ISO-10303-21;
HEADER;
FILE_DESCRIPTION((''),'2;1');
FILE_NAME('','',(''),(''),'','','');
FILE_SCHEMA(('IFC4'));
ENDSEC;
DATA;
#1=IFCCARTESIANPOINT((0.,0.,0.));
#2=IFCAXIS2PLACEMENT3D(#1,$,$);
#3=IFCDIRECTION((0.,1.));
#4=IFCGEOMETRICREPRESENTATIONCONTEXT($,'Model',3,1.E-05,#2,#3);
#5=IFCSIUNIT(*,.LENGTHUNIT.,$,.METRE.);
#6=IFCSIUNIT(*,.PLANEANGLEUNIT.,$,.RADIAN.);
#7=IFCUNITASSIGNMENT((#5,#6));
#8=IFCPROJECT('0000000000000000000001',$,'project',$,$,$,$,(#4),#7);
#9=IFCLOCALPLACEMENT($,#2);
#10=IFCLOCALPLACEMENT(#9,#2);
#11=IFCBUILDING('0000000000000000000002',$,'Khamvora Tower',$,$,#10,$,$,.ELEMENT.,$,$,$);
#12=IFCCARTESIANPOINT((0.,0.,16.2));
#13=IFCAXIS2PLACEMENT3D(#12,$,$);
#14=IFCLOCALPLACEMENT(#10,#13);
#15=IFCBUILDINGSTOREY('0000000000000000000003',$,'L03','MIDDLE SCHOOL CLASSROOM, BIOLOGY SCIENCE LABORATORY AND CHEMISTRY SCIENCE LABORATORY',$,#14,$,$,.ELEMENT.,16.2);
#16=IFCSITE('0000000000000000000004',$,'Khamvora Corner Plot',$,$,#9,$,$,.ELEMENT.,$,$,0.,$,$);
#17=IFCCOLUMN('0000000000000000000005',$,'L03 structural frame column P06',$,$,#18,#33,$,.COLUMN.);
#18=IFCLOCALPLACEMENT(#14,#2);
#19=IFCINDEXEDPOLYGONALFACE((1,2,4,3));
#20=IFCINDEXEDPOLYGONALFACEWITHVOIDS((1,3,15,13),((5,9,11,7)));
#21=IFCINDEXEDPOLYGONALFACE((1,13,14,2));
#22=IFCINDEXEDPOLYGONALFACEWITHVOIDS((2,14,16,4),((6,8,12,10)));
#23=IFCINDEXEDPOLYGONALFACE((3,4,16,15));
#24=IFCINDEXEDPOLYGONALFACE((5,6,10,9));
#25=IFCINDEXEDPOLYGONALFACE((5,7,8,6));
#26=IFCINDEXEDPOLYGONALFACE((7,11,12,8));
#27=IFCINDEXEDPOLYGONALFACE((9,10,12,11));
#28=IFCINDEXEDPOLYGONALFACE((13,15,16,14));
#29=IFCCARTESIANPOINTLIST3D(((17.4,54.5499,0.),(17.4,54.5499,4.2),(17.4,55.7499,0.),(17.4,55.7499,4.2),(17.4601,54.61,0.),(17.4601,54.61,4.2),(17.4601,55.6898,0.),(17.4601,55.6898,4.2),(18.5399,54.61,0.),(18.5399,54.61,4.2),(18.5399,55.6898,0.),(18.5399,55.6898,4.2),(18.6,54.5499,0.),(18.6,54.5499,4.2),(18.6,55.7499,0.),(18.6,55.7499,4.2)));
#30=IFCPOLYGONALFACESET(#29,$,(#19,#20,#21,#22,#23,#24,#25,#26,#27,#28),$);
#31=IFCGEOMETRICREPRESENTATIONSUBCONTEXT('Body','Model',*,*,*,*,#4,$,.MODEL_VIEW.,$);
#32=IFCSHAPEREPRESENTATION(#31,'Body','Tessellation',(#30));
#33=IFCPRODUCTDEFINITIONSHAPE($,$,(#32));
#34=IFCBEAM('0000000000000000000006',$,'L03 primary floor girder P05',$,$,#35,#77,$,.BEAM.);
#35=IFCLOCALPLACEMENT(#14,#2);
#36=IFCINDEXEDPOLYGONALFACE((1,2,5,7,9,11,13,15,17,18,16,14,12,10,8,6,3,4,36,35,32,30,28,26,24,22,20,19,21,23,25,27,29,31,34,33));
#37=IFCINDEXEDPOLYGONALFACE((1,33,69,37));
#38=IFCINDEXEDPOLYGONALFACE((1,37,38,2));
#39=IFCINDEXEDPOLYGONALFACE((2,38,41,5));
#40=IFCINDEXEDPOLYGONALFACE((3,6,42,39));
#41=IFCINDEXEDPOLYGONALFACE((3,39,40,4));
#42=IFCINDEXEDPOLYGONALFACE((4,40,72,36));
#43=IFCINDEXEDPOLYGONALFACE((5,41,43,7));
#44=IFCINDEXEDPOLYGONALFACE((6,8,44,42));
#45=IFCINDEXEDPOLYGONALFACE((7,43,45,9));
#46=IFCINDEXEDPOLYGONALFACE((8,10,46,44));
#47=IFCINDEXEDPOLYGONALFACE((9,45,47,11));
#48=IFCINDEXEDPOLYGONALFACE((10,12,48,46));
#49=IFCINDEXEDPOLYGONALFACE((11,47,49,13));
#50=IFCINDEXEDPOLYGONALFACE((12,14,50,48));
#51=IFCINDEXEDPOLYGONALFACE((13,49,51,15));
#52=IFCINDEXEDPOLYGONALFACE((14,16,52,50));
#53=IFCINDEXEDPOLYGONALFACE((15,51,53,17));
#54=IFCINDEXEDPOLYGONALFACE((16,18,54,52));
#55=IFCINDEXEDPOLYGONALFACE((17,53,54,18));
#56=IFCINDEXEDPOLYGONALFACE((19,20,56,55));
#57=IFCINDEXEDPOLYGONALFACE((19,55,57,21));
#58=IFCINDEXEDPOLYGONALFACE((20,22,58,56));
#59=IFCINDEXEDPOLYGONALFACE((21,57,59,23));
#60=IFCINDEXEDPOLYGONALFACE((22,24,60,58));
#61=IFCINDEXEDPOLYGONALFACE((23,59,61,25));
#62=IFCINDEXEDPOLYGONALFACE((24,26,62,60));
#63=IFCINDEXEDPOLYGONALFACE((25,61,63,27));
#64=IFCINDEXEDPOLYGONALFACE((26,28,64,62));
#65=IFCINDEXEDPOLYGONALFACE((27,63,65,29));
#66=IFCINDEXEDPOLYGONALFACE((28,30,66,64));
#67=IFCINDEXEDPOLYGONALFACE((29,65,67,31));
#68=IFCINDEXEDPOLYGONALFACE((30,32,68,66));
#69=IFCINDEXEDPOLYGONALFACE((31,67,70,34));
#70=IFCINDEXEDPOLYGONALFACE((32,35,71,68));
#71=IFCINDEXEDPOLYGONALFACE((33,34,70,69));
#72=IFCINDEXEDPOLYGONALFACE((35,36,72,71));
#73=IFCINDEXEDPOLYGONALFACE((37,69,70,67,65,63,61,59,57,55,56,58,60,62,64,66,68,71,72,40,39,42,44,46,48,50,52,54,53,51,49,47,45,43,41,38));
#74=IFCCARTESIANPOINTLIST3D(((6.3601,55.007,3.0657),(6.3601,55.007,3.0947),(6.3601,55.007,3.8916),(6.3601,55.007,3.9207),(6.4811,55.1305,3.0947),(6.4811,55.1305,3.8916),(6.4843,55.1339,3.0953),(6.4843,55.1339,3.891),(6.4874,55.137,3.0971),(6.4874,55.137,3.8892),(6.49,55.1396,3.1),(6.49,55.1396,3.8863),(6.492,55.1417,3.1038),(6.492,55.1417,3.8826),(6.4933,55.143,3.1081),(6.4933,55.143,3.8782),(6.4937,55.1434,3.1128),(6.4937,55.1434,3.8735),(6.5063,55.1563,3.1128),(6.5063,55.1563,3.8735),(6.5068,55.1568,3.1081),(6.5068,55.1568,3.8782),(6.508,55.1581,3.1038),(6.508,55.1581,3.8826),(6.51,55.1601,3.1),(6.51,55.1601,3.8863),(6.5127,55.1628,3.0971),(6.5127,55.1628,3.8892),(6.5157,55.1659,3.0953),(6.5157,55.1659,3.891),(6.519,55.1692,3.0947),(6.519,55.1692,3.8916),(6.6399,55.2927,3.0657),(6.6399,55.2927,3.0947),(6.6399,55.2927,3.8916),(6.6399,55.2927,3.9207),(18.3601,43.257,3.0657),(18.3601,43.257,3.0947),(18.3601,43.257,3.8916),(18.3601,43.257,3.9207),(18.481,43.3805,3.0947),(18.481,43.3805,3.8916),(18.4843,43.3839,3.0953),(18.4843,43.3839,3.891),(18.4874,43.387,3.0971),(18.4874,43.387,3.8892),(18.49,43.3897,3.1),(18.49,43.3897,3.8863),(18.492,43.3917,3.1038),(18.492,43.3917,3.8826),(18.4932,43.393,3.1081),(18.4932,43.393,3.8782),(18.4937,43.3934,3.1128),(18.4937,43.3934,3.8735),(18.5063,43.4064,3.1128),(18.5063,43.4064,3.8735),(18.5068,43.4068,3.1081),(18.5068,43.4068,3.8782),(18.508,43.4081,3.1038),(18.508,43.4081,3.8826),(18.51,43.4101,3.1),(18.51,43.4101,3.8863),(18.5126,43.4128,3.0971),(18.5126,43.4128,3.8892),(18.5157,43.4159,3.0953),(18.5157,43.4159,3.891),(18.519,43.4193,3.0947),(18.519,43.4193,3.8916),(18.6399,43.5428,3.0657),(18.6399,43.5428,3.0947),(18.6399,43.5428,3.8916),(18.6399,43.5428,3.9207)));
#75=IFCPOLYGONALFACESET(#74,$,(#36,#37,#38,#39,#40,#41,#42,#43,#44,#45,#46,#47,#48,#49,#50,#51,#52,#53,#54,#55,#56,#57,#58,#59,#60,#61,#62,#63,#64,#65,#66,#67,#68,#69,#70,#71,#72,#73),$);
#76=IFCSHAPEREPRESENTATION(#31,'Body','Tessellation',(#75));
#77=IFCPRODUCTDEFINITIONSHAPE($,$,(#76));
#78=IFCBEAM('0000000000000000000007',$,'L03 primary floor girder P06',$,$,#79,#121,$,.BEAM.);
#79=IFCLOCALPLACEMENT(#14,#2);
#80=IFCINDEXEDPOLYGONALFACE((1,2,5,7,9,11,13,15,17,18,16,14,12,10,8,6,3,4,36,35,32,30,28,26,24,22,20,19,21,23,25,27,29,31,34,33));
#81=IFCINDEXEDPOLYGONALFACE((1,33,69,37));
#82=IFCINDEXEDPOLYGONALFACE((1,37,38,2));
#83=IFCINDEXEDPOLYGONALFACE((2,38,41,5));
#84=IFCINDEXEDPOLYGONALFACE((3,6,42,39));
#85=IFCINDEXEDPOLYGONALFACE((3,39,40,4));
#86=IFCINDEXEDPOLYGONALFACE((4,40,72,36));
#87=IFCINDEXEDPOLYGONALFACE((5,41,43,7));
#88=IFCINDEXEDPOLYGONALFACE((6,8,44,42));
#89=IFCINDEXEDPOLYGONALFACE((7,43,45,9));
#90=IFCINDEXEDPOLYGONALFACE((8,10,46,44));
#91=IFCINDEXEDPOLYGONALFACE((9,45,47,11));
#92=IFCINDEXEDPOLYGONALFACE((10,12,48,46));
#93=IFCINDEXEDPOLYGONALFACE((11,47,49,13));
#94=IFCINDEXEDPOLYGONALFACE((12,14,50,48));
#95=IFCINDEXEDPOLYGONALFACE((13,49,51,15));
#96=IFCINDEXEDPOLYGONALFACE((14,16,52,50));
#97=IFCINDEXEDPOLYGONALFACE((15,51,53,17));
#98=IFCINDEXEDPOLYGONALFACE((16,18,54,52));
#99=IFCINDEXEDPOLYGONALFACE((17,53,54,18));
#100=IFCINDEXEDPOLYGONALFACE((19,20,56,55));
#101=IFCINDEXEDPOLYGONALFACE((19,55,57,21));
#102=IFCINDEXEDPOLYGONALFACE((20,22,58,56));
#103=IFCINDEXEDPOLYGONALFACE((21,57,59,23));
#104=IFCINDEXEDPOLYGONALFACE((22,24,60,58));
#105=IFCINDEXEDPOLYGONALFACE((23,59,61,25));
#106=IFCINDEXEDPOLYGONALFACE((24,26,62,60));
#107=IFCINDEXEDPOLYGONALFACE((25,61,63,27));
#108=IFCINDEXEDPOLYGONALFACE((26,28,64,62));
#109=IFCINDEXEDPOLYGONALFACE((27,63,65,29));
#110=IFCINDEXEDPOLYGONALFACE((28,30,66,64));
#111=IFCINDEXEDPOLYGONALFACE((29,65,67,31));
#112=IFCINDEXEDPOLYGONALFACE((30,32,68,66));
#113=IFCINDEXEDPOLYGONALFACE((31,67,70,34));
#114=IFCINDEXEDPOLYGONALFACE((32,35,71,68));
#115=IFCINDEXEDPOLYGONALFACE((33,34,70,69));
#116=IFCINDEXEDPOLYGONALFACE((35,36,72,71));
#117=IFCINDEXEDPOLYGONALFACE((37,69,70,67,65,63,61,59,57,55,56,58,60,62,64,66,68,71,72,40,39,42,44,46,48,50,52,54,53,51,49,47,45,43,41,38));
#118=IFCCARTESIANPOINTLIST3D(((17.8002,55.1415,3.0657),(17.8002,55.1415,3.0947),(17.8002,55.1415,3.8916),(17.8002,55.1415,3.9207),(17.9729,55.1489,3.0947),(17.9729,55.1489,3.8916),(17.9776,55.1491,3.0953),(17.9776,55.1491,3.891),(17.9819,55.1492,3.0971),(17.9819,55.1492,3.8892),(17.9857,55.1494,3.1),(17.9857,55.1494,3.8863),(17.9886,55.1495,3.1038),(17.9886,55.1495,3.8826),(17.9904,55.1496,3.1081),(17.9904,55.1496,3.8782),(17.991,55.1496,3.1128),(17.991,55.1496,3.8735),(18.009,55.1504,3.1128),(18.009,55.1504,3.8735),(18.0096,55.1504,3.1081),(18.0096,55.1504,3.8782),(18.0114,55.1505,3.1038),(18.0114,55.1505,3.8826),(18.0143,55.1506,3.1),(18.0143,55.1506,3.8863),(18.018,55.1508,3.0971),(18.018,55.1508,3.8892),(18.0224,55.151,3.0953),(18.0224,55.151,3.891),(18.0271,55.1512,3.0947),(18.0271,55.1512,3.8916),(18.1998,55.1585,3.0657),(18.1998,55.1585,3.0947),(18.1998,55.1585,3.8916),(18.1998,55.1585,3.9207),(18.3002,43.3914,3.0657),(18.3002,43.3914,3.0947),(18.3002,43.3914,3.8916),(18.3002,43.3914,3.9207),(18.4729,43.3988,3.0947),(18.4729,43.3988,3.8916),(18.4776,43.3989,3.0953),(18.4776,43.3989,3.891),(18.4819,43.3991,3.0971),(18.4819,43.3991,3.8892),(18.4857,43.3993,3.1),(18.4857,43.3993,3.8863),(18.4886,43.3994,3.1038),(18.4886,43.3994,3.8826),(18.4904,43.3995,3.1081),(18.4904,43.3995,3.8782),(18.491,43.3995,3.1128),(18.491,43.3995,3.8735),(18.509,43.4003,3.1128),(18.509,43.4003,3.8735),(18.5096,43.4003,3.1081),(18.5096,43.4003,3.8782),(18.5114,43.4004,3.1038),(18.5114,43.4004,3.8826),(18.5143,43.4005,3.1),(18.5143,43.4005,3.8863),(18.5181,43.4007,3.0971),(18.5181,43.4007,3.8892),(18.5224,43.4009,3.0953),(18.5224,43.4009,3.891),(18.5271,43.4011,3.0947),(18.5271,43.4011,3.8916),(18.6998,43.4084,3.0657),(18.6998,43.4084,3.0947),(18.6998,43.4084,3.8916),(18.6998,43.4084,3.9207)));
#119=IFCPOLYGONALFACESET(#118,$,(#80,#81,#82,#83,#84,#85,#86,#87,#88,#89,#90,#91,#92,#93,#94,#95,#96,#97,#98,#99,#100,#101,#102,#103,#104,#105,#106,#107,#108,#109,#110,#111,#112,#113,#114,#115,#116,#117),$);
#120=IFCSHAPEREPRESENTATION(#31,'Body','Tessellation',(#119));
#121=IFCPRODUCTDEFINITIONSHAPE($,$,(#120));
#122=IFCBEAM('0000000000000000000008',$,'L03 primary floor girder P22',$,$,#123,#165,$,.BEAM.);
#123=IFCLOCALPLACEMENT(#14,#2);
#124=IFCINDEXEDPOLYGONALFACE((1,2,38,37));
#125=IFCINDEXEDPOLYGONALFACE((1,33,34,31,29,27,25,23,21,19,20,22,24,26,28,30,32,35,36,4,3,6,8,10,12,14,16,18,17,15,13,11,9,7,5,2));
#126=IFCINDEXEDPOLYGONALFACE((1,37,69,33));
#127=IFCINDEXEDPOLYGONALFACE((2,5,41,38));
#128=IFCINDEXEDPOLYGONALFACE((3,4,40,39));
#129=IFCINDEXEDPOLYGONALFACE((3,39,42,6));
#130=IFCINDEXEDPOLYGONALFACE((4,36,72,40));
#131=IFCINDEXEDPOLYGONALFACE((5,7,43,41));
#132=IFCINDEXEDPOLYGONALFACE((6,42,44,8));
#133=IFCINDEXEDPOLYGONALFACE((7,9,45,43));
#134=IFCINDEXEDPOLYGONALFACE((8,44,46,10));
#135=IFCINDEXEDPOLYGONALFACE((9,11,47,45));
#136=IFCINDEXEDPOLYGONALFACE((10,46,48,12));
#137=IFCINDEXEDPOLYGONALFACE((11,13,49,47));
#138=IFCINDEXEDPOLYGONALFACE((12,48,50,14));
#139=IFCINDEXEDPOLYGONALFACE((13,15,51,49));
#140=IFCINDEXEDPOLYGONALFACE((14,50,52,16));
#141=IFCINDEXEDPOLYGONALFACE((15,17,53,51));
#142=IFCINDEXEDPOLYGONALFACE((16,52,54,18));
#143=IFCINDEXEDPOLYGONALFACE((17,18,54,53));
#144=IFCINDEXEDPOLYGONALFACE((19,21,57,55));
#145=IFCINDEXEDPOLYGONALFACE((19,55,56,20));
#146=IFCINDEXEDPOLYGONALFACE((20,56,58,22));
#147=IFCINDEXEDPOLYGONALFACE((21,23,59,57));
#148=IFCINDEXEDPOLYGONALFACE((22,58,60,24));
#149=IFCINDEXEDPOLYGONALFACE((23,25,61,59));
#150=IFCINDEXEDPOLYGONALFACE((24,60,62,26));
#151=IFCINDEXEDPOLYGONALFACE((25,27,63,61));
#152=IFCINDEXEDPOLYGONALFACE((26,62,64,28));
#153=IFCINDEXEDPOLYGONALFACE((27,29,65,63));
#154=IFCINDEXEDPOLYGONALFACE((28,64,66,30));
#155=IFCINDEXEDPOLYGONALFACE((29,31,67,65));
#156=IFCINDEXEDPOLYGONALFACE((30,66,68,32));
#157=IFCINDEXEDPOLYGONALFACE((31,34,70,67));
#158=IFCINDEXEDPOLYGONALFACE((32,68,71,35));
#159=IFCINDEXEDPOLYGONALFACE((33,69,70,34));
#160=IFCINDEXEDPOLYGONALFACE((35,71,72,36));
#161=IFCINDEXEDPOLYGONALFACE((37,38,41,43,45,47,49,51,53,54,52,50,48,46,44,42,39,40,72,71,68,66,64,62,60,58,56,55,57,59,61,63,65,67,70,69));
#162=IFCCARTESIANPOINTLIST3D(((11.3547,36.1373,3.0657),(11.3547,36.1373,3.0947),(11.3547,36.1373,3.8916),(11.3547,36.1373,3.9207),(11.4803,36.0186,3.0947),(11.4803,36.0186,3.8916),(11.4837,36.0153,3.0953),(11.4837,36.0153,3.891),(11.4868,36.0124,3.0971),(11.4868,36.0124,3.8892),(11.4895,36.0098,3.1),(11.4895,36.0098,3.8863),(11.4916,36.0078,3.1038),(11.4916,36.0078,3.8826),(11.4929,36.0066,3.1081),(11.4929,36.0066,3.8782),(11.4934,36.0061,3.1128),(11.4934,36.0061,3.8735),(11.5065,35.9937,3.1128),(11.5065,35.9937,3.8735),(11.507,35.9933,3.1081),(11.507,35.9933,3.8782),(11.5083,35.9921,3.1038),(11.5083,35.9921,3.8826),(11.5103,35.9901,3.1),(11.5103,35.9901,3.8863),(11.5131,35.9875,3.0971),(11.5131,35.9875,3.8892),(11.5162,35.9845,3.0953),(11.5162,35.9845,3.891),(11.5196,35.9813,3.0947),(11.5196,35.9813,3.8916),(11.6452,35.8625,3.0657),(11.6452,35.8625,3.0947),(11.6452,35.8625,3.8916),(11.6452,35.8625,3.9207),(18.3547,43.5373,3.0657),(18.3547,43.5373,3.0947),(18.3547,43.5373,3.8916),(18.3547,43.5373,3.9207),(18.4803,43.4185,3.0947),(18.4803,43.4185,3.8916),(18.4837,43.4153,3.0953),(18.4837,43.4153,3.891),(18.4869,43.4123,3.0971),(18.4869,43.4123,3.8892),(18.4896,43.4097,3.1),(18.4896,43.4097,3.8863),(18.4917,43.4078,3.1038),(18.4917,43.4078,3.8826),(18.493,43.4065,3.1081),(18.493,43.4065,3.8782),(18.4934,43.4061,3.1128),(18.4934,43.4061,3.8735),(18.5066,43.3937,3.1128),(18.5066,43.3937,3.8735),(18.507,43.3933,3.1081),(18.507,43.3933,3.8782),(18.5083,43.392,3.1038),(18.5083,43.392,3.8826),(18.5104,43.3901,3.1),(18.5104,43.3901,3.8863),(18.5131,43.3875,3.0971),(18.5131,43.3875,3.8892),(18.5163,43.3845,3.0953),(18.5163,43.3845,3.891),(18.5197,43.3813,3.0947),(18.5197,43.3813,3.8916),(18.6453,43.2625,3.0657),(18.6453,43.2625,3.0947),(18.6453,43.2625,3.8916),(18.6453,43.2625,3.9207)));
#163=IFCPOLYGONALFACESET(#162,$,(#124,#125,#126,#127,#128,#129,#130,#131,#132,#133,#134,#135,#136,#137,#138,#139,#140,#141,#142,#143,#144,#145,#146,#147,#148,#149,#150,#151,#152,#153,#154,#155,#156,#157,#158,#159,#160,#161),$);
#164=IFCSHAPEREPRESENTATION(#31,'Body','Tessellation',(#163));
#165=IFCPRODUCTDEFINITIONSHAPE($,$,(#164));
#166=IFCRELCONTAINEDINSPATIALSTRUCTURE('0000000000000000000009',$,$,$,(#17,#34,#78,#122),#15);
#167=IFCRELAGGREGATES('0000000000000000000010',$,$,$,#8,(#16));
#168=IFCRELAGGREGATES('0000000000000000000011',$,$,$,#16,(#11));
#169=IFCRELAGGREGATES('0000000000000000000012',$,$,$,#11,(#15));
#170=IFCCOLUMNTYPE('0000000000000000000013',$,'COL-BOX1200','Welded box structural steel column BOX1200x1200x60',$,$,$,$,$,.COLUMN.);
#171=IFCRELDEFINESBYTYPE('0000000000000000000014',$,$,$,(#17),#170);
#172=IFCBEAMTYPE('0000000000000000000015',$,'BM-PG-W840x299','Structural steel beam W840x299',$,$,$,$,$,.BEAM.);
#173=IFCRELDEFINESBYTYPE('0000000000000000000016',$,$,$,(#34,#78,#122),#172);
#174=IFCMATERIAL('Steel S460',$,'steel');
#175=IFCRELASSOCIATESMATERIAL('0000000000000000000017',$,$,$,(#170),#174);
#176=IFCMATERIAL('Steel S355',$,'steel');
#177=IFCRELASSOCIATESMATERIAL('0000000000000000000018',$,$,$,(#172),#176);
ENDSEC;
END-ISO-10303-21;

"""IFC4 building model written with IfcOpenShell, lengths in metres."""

from ifc_helpers import new_model, si_unit, direction, frame, origin, origin_2d, place, context, subcontext, project, spatial, hollow_rectangle, i_section, extrude, material, material_profile, profile_set, type_object, element, save


model = new_model("IFC4")

# Units and contexts
model_context = context("Model", 3, precision=1e-05, world=origin(), true_north=direction((0.0, 1.0)))
body_context = subcontext(model_context, "Body", "Model", "MODEL_VIEW")
ifc_project = project(units=[si_unit("LENGTHUNIT", "METRE"), si_unit("PLANEANGLEUNIT", "RADIAN")], contexts=[model_context])

# Site, building, storey
site_placement = place(None, origin())
site = spatial("IfcSite", under=ifc_project, at=site_placement, Name="Khamvora Corner Plot", CompositionType="ELEMENT", RefElevation=0.0)
building_placement = place(site_placement, origin())
building = spatial("IfcBuilding", under=site, at=building_placement, Name="Khamvora Tower", CompositionType="ELEMENT")
storey_placement = place(building_placement, frame((0.0, 0.0, 16.2)))
storey = spatial("IfcBuildingStorey", under=building, at=storey_placement, Name="L03", Description="MIDDLE SCHOOL CLASSROOM, BIOLOGY SCIENCE LABORATORY AND CHEMISTRY SCIENCE LABORATORY", CompositionType="ELEMENT", Elevation=16.2)

# Column
ifc_material_1 = material(Name="Steel S460", Category="steel")
ifc_material_profile_1 = material_profile(ifc_material_1, hollow_rectangle(XDim=1.2, YDim=1.2, WallThickness=0.0601, at=origin_2d()), Name="BOX1200x1200x60")
ifc_profile_set_1 = profile_set([ifc_material_profile_1], Name="Steel S460")
column_type = type_object("IfcColumnType", Name="COL-BOX1200", Description="Welded box structural steel column BOX1200x1200x60", PredefinedType="COLUMN", material=ifc_profile_set_1)
column_placement = place(storey_placement, frame((18.0, 55.1499, 0.0), z_axis=(0.0, 0.0, 1.0), x_axis=(1.0, 0.0, 0.0)))
element("IfcColumn", 1, at=column_placement, inside=storey, type_object=column_type, Name="L03 structural frame column P06", PredefinedType="COLUMN", context=body_context, shape_type="SweptSolid", body=[
    extrude(hollow_rectangle(XDim=1.2, YDim=1.2, WallThickness=0.0601, at=origin_2d()), origin(), (0.0, 0.0, 1.0), 4.2),
])

# Beams
ifc_material_2 = material(Name="Steel S355", Category="steel")
ifc_material_profile_2 = material_profile(ifc_material_2, i_section(OverallWidth=0.3999, OverallDepth=0.855, WebThickness=0.0181, FlangeThickness=0.0291, FilletRadius=0.0181, at=origin_2d()), Name="W840x299")
ifc_profile_set_2 = profile_set([ifc_material_profile_2], Name="Steel S355")
beam_type_1 = type_object("IfcBeamType", Name="BM-PG-W840x299", Description="Structural steel beam W840x299", PredefinedType="BEAM", material=ifc_profile_set_2)
beam_1_placement = place(storey_placement, frame((18.5, 43.3999, 3.4932), z_axis=(-0.71451, 0.699625, 0.0), x_axis=(-0.699625, -0.71451, 0.0)))
element("IfcBeam", 2, at=beam_1_placement, inside=storey, type_object=beam_type_1, Name="L03 primary floor girder P05", PredefinedType="BEAM", context=body_context, shape_type="SweptSolid", body=[
    extrude(i_section(OverallWidth=0.3999, OverallDepth=0.855, WebThickness=0.0181, FlangeThickness=0.0291, FilletRadius=0.0181, at=origin_2d()), origin(), (0.0, 0.0, 1.0), 16.7947),
])
beam_2_placement = place(storey_placement, frame((18.5, 43.3999, 3.4932), z_axis=(-0.042515, 0.999096, 0.0), x_axis=(-0.999096, -0.042515, 0.0)))
element("IfcBeam", 3, at=beam_2_placement, inside=storey, type_object=beam_type_1, Name="L03 primary floor girder P06", PredefinedType="BEAM", context=body_context, shape_type="SweptSolid", body=[
    extrude(i_section(OverallWidth=0.3999, OverallDepth=0.855, WebThickness=0.0181, FlangeThickness=0.0291, FilletRadius=0.0181, at=origin_2d()), origin(), (0.0, 0.0, 1.0), 11.7607),
])
beam_3_placement = place(storey_placement, frame((18.5, 43.3999, 3.4932), z_axis=(-0.687205, -0.726464, 0.0), x_axis=(0.726464, -0.687205, 0.0)))
element("IfcBeam", 4, at=beam_3_placement, inside=storey, type_object=beam_type_1, Name="L03 primary floor girder P22", PredefinedType="BEAM", context=body_context, shape_type="SweptSolid", body=[
    extrude(i_section(OverallWidth=0.3999, OverallDepth=0.855, WebThickness=0.0181, FlangeThickness=0.0291, FilletRadius=0.0181, at=origin_2d()), origin(), (0.0, 0.0, 1.0), 10.1863),
])

save(model, "model.ifc")
